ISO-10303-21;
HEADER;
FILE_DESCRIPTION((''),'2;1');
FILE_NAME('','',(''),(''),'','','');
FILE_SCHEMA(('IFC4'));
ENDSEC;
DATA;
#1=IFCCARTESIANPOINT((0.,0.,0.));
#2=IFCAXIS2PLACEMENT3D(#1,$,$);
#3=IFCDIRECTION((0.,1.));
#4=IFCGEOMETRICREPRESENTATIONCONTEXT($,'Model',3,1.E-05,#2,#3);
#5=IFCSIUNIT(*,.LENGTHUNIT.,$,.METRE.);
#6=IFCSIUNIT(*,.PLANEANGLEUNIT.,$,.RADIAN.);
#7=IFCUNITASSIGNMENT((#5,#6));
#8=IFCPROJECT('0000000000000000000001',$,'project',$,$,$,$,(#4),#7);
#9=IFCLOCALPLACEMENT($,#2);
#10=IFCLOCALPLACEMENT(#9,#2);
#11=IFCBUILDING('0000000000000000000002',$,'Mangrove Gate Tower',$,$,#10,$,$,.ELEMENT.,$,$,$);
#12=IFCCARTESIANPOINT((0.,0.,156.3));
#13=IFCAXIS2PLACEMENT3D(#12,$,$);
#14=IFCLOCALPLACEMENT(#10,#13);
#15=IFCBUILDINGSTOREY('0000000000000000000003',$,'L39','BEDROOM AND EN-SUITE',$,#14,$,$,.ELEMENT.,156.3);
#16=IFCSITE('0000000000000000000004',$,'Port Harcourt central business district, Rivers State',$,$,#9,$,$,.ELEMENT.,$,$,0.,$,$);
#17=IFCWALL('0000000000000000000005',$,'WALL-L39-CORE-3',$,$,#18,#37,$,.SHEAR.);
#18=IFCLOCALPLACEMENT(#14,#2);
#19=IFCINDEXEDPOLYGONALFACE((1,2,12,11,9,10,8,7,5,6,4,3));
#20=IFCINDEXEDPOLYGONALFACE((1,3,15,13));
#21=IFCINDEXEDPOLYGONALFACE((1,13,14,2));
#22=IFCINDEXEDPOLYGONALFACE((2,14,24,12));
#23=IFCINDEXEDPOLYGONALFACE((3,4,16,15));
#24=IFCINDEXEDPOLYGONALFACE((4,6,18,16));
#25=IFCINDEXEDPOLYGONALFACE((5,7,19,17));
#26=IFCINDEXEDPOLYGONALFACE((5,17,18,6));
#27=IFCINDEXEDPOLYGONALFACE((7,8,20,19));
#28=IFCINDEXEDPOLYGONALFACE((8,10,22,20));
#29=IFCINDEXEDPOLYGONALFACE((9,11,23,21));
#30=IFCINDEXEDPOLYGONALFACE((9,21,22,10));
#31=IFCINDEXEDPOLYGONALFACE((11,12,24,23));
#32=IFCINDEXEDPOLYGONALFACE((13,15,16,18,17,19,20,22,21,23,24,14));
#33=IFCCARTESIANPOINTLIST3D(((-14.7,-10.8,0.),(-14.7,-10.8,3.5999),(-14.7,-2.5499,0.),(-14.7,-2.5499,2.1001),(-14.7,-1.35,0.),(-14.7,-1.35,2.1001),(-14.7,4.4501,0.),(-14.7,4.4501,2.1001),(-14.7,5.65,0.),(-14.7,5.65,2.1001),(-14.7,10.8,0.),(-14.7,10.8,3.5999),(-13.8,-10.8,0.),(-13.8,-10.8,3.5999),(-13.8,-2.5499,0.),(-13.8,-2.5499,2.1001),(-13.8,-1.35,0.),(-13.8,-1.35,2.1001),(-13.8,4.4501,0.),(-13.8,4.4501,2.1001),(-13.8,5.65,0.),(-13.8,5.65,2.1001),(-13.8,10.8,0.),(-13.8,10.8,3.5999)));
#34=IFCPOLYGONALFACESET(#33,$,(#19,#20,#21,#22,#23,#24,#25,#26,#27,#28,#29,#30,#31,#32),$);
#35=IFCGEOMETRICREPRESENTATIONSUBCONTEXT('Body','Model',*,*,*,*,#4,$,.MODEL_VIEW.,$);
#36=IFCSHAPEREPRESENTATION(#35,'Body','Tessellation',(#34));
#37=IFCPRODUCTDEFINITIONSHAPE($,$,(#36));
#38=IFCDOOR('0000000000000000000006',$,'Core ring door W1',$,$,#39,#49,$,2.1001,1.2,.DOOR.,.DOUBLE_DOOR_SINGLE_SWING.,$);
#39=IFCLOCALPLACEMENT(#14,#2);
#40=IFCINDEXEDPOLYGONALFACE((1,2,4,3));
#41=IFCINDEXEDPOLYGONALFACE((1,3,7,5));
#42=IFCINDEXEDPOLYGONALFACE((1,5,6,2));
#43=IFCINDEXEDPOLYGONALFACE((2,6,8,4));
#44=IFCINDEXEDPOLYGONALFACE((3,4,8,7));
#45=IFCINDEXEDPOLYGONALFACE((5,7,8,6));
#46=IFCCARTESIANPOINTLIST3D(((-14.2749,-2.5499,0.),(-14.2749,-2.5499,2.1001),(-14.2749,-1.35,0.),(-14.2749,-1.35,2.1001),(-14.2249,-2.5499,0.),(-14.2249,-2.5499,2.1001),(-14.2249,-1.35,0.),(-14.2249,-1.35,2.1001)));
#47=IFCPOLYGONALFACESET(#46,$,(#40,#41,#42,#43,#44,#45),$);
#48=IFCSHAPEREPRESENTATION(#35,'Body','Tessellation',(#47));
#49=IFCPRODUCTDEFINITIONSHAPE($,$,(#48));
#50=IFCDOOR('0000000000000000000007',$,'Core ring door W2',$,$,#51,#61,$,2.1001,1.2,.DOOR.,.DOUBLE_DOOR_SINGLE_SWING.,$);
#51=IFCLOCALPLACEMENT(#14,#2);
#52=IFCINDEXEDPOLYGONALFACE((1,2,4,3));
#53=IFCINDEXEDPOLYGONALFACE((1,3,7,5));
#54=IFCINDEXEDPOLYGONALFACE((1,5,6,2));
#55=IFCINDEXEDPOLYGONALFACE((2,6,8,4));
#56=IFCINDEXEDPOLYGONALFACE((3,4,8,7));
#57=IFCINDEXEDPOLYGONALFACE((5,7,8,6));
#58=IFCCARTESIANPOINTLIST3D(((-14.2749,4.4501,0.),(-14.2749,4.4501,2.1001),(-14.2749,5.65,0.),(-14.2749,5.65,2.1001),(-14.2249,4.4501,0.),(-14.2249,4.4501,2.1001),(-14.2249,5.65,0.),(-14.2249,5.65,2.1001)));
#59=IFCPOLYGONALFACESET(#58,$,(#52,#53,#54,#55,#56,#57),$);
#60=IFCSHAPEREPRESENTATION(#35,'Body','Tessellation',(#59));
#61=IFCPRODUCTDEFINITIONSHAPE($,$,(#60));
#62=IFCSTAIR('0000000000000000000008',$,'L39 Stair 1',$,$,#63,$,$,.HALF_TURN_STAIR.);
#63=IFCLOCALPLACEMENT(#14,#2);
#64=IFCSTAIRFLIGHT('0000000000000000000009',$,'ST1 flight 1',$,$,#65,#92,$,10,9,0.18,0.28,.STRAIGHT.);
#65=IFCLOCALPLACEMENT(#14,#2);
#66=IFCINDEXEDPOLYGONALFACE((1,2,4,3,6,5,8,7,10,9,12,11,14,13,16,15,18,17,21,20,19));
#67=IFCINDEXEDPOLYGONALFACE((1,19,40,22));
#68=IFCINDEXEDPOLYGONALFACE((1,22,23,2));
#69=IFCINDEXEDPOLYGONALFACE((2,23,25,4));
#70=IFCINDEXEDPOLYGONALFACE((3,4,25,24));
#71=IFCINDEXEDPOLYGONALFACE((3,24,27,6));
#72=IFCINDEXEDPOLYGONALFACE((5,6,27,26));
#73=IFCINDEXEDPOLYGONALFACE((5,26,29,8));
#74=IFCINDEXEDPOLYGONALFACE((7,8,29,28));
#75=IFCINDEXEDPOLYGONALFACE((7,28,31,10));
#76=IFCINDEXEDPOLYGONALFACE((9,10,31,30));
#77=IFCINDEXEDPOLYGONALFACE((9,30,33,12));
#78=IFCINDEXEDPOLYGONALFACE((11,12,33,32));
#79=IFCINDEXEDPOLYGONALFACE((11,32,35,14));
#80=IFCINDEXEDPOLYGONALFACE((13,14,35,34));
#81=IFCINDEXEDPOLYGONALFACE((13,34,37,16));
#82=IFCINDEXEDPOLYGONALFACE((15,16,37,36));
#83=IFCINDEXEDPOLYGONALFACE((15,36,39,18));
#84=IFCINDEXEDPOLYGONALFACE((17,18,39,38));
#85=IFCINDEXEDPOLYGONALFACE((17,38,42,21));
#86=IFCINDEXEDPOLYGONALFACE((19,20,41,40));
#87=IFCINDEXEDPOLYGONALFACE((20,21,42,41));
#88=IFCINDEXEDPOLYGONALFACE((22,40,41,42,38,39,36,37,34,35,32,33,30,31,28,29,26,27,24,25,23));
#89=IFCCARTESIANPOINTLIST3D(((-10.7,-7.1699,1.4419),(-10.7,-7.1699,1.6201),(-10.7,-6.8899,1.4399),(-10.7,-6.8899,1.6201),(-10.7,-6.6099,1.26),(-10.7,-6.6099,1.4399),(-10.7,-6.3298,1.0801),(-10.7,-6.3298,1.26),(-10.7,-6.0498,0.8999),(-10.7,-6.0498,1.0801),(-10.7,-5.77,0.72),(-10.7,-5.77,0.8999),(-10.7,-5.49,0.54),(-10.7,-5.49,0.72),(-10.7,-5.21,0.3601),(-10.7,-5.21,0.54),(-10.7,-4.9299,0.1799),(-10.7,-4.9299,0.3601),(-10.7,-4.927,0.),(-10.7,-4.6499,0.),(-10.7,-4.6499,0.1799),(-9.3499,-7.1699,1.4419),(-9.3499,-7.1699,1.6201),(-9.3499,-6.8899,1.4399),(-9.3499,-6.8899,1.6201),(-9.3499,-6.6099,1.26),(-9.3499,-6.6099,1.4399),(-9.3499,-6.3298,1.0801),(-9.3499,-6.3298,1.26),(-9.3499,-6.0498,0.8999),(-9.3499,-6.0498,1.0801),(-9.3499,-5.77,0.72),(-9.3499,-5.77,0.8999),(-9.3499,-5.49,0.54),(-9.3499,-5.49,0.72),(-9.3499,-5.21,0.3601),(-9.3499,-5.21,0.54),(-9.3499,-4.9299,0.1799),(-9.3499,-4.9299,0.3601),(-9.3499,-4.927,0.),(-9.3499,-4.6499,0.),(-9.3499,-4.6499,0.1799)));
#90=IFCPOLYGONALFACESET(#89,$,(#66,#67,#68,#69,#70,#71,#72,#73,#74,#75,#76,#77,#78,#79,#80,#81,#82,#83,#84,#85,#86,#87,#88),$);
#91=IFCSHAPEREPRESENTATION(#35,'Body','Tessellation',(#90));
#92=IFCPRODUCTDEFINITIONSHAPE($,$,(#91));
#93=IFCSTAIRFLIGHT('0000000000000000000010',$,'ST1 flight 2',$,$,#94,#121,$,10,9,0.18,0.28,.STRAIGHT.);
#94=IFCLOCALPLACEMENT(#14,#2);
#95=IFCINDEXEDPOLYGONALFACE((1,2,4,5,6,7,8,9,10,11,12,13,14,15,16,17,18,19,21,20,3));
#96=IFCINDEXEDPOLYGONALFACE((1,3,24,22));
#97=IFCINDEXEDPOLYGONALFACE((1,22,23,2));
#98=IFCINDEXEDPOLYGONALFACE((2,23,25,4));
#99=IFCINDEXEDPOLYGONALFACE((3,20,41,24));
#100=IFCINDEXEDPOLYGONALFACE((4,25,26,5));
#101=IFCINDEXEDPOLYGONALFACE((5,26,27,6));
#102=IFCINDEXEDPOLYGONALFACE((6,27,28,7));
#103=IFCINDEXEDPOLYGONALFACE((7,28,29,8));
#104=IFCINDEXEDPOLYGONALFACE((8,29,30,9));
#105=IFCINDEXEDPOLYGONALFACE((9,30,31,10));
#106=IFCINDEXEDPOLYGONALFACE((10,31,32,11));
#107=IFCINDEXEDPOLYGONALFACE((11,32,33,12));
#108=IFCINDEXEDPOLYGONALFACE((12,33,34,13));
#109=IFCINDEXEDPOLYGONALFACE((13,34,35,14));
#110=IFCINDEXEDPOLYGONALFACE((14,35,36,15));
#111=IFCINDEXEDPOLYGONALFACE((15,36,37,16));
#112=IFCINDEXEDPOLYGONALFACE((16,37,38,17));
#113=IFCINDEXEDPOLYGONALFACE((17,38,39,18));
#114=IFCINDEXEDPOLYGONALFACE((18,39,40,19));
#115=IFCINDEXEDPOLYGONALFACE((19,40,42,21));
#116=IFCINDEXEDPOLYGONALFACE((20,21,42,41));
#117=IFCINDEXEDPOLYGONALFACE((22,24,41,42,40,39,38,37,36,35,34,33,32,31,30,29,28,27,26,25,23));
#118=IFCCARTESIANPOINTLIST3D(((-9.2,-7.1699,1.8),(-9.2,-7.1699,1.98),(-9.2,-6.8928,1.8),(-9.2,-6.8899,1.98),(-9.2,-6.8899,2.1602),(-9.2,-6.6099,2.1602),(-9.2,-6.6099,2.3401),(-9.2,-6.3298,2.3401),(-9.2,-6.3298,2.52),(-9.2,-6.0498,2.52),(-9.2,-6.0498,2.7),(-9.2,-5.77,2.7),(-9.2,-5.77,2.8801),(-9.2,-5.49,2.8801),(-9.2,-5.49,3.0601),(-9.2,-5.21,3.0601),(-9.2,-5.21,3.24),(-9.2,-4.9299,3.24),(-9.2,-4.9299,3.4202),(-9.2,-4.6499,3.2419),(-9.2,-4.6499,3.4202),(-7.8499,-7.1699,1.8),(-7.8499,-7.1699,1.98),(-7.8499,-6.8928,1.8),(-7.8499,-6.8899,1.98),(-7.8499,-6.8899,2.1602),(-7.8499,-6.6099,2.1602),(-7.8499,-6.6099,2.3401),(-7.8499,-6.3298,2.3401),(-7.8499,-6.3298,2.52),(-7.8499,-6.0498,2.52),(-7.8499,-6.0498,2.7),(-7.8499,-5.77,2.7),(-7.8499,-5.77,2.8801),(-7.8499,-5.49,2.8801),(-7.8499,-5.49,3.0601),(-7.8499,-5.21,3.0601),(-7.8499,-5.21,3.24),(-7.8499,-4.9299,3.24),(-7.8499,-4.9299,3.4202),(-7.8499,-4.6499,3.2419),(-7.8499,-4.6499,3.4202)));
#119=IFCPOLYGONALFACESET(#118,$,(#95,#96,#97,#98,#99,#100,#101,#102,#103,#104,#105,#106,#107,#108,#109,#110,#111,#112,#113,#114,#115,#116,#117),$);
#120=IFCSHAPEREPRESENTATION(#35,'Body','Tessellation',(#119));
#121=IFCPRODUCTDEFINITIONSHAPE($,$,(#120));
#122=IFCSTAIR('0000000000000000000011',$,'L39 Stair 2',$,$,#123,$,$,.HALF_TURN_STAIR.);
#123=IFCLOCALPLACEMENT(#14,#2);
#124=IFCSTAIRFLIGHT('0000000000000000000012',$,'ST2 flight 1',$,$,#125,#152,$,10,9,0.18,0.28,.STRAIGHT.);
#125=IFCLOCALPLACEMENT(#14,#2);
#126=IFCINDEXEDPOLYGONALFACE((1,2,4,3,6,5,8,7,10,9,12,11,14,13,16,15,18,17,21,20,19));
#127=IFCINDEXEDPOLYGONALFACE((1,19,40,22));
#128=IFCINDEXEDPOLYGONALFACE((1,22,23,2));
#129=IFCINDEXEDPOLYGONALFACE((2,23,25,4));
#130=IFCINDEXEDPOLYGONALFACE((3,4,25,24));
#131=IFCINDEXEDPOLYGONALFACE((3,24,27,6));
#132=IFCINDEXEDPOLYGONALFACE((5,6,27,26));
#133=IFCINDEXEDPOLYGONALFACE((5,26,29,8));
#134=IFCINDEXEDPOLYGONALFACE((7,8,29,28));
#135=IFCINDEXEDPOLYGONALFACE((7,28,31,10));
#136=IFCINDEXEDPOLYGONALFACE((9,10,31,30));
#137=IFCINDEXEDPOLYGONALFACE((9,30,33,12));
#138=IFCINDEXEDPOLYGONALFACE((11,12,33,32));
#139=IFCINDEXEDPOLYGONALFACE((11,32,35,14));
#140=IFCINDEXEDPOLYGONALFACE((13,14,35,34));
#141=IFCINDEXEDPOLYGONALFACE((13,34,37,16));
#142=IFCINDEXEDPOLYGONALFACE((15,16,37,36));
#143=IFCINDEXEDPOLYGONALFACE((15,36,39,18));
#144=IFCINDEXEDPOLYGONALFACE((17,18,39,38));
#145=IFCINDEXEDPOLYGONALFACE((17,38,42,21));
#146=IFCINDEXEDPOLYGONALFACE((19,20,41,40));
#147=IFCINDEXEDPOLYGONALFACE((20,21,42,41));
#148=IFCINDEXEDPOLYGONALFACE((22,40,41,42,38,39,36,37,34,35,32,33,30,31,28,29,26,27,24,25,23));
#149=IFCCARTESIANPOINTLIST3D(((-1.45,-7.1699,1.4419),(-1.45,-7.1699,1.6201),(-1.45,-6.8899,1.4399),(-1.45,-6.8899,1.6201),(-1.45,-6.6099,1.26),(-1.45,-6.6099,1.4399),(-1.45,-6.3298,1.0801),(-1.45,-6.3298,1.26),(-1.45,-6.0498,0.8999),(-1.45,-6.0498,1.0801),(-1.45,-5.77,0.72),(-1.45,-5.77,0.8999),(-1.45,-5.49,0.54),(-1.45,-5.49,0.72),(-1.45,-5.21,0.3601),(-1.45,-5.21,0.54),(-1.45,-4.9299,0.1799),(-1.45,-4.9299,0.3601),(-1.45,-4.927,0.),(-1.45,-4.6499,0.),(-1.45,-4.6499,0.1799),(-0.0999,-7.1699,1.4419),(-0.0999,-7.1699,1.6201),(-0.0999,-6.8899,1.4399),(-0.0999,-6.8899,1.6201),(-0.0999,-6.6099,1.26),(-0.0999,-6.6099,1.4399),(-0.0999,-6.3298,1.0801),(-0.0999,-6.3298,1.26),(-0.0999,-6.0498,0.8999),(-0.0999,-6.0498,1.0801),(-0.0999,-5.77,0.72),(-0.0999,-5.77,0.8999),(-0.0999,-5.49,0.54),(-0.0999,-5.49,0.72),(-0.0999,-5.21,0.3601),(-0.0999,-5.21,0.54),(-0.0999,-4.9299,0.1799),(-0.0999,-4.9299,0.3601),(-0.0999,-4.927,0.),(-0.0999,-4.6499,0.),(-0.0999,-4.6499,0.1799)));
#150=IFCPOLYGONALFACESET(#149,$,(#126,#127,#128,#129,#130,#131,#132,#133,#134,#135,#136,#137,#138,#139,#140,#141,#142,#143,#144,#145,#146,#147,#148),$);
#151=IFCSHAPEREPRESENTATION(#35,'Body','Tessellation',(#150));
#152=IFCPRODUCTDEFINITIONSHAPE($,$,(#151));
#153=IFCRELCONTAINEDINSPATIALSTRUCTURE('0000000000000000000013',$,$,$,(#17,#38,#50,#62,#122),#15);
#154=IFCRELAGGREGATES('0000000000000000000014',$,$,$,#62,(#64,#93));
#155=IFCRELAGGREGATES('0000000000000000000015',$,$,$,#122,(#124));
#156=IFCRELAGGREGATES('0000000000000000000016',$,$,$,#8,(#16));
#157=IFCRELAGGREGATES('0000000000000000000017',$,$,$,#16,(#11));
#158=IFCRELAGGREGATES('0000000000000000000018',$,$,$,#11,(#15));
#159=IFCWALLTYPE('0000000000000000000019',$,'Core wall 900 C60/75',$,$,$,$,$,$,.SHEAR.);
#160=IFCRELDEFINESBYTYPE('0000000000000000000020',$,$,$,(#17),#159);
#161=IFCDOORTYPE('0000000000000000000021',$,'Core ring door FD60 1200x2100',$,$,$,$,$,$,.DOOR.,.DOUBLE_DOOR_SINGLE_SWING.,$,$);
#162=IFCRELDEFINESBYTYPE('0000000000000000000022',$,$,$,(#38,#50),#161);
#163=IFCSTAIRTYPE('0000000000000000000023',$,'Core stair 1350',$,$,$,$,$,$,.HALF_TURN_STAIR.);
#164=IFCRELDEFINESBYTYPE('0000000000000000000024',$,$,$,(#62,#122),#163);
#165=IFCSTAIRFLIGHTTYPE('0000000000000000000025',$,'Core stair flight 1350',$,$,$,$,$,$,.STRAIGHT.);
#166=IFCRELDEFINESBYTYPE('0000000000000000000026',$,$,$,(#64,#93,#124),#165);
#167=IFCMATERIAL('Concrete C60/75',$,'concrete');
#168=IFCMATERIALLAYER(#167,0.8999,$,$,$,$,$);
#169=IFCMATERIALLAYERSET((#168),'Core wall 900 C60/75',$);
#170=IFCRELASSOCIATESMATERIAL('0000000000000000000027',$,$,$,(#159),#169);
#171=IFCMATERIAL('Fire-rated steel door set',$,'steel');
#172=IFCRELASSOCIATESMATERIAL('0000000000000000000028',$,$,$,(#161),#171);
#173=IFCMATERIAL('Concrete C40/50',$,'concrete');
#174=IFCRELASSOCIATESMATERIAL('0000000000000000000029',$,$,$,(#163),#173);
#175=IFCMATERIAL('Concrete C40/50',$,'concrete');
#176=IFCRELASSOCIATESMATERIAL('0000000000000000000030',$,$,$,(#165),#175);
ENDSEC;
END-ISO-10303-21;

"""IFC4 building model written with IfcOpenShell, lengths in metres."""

from ifc_helpers import new_model, si_unit, direction, frame, frame_2d, origin, place, context, subcontext, project, spatial, polyline, rectangle, outline, extrude, material, layer, layer_set, type_object, element, fill, aggregate, save


model = new_model("IFC4")

# Units and contexts
model_context = context("Model", 3, precision=1e-05, world=origin(), true_north=direction((0.0, 1.0)))
body_context = subcontext(model_context, "Body", "Model", "MODEL_VIEW")
ifc_project = project(units=[si_unit("LENGTHUNIT", "METRE"), si_unit("PLANEANGLEUNIT", "RADIAN")], contexts=[model_context])

# Site, building, storey
site_placement = place(None, origin())
site = spatial("IfcSite", under=ifc_project, at=site_placement, Name="Port Harcourt central business district, Rivers State", CompositionType="ELEMENT", RefElevation=0.0)
building_placement = place(site_placement, origin())
building = spatial("IfcBuilding", under=site, at=building_placement, Name="Mangrove Gate Tower", CompositionType="ELEMENT")
storey_placement = place(building_placement, frame((0.0, 0.0, 156.3)))
storey = spatial("IfcBuildingStorey", under=building, at=storey_placement, Name="L39", Description="BEDROOM AND EN-SUITE", CompositionType="ELEMENT", Elevation=156.3)

# Shared definitions
ifc_material_1 = material(Name="Concrete C60/75", Category="concrete")
ifc_layer_1 = layer(ifc_material_1, 0.8999)
ifc_layer_set_1 = layer_set([ifc_layer_1], Name="Core wall 900 C60/75")
wall_type_1 = type_object("IfcWallType", Name="Core wall 900 C60/75", PredefinedType="SHEAR", material=ifc_layer_set_1)

# Wall, openings, doors
wall_1_placement = place(storey_placement, frame((-14.25, -10.8, 0.0), z_axis=(0.0, 0.0, 1.0), x_axis=(0.0, 1.0, 0.0)))
wall_1 = element("IfcWall", 1, at=wall_1_placement, inside=storey, type_object=wall_type_1, Name="WALL-L39-CORE-3", PredefinedType="SHEAR", context=body_context, shape_type="SweptSolid", body=[
    extrude(rectangle(XDim=21.6001, YDim=0.8999, at=frame_2d((10.8, 0.0))), origin(), (0.0, 0.0, 1.0), 3.5999),
])
opening_1_placement = place(wall_1_placement, frame((8.25, 0.0, 0.0)))
opening_1 = element("IfcOpeningElement", 2, at=opening_1_placement, cuts=wall_1, PredefinedType="OPENING", context=body_context, shape_type="SweptSolid", body=[
    extrude(rectangle(XDim=1.2, YDim=2.1001, at=frame_2d((0.6001, 1.05))), frame((0.0, 0.46, 0.0), z_axis=(0.0, -1.0, 0.0), x_axis=(1.0, 0.0, 0.0)), (0.0, 0.0, 1.0), 0.9199),
])
opening_2_placement = place(wall_1_placement, frame((15.25, 0.0, 0.0)))
opening_2 = element("IfcOpeningElement", 3, at=opening_2_placement, cuts=wall_1, PredefinedType="OPENING", context=body_context, shape_type="SweptSolid", body=[
    extrude(rectangle(XDim=1.2, YDim=2.1001, at=frame_2d((0.6001, 1.05))), frame((0.0, 0.46, 0.0), z_axis=(0.0, -1.0, 0.0), x_axis=(1.0, 0.0, 0.0)), (0.0, 0.0, 1.0), 0.9199),
])
ifc_material_2 = material(Name="Fire-rated steel door set", Category="steel")
door_type_1 = type_object("IfcDoorType", Name="Core ring door FD60 1200x2100", OperationType="DOUBLE_DOOR_SINGLE_SWING", PredefinedType="DOOR", material=ifc_material_2)
door_1_placement = place(opening_1_placement, origin())
door_1 = element("IfcDoor", 4, at=door_1_placement, inside=storey, type_object=door_type_1, Name="Core ring door W1", OperationType="DOUBLE_DOOR_SINGLE_SWING", OverallHeight=2.1001, OverallWidth=1.2, PredefinedType="DOOR", context=body_context, shape_type="SweptSolid", body=[
    extrude(rectangle(XDim=1.2, YDim=2.1001, at=frame_2d((0.6001, 1.05))), frame((0.0, 0.0249, 0.0), z_axis=(0.0, -1.0, 0.0), x_axis=(1.0, 0.0, 0.0)), (0.0, 0.0, 1.0), 0.05),
])
fill(opening_1, door_1)
door_2_placement = place(opening_2_placement, origin())
door_2 = element("IfcDoor", 5, at=door_2_placement, inside=storey, type_object=door_type_1, Name="Core ring door W2", OperationType="DOUBLE_DOOR_SINGLE_SWING", OverallHeight=2.1001, OverallWidth=1.2, PredefinedType="DOOR", context=body_context, shape_type="SweptSolid", body=[
    extrude(rectangle(XDim=1.2, YDim=2.1001, at=frame_2d((0.6001, 1.05))), frame((0.0, 0.0249, 0.0), z_axis=(0.0, -1.0, 0.0), x_axis=(1.0, 0.0, 0.0)), (0.0, 0.0, 1.0), 0.05),
])
fill(opening_2, door_2)

# Stair, stair flights
ifc_material_3 = material(Name="Concrete C40/50", Category="concrete")
stair_type = type_object("IfcStairType", Name="Core stair 1350", PredefinedType="HALF_TURN_STAIR", material=ifc_material_3)
stair_1_placement = place(storey_placement, origin())
stair_1 = element("IfcStair", 6, at=stair_1_placement, inside=storey, type_object=stair_type, Name="L39 Stair 1", PredefinedType="HALF_TURN_STAIR")
ifc_material_4 = material(Name="Concrete C40/50", Category="concrete")
stair_flight_type = type_object("IfcStairFlightType", Name="Core stair flight 1350", PredefinedType="STRAIGHT", material=ifc_material_4)
stair_flight_1_placement = place(storey_placement, frame((-10.0249, -4.6499, 0.0), z_axis=(0.0, 0.0, 1.0), x_axis=(0.0, -1.0, 0.0)))
stair_flight_1 = element("IfcStairFlight", 7, at=stair_flight_1_placement, type_object=stair_flight_type, Name="ST1 flight 1", NumberOfRisers=10, NumberOfTreads=9, PredefinedType="STRAIGHT", RiserHeight=0.18, TreadLength=0.28, context=body_context, shape_type="SweptSolid", body=[
    extrude(outline(polyline([(0.0, 0.0), (0.0, 0.1799), (0.28, 0.1799), (0.28, 0.3601), (0.5601, 0.3601), (0.5601, 0.54), (0.8401, 0.54), (0.8401, 0.72), (1.1201, 0.72), (1.1201, 0.8999), (1.3999, 0.8999), (1.3999, 1.0801), (1.6799, 1.0801), (1.6799, 1.26), (1.96, 1.26), (1.96, 1.4399), (2.24, 1.4399), (2.24, 1.6201), (2.52, 1.6201), (2.52, 1.8), (2.52, 1.4419), (0.2771, 0.0), (0.0, 0.0)])), frame((0.0, 0.675, 0.0), z_axis=(0.0, -1.0, 0.0), x_axis=(1.0, 0.0, 0.0)), (0.0, 0.0, 1.0), 1.3501),
])
stair_flight_2_placement = place(storey_placement, frame((-8.5249, -7.1699, 1.8), z_axis=(0.0, 0.0, 1.0), x_axis=(0.0, 1.0, 0.0)))
stair_flight_2 = element("IfcStairFlight", 8, at=stair_flight_2_placement, type_object=stair_flight_type, Name="ST1 flight 2", NumberOfRisers=10, NumberOfTreads=9, PredefinedType="STRAIGHT", RiserHeight=0.18, TreadLength=0.28, context=body_context, shape_type="SweptSolid", body=[
    extrude(outline(polyline([(0.0, 0.0), (0.0, 0.1799), (0.28, 0.1799), (0.28, 0.3601), (0.5601, 0.3601), (0.5601, 0.54), (0.8401, 0.54), (0.8401, 0.72), (1.1201, 0.72), (1.1201, 0.8999), (1.3999, 0.8999), (1.3999, 1.0801), (1.6799, 1.0801), (1.6799, 1.26), (1.96, 1.26), (1.96, 1.4399), (2.24, 1.4399), (2.24, 1.6201), (2.52, 1.6201), (2.52, 1.8), (2.52, 1.4419), (0.2771, 0.0), (0.0, 0.0)])), frame((0.0, 0.675, 0.0), z_axis=(0.0, -1.0, 0.0), x_axis=(1.0, 0.0, 0.0)), (0.0, 0.0, 1.0), 1.3501),
])
aggregate(stair_1, [stair_flight_1, stair_flight_2])

# Stair, stair flight
stair_2_placement = place(storey_placement, origin())
stair_2 = element("IfcStair", 9, at=stair_2_placement, inside=storey, type_object=stair_type, Name="L39 Stair 2", PredefinedType="HALF_TURN_STAIR")
stair_flight_3_placement = place(storey_placement, frame((-0.7749, -4.6499, 0.0), z_axis=(0.0, 0.0, 1.0), x_axis=(0.0, -1.0, 0.0)))
stair_flight_3 = element("IfcStairFlight", 10, at=stair_flight_3_placement, type_object=stair_flight_type, Name="ST2 flight 1", NumberOfRisers=10, NumberOfTreads=9, PredefinedType="STRAIGHT", RiserHeight=0.18, TreadLength=0.28, context=body_context, shape_type="SweptSolid", body=[
    extrude(outline(polyline([(0.0, 0.0), (0.0, 0.1799), (0.28, 0.1799), (0.28, 0.3601), (0.5601, 0.3601), (0.5601, 0.54), (0.8401, 0.54), (0.8401, 0.72), (1.1201, 0.72), (1.1201, 0.8999), (1.3999, 0.8999), (1.3999, 1.0801), (1.6799, 1.0801), (1.6799, 1.26), (1.96, 1.26), (1.96, 1.4399), (2.24, 1.4399), (2.24, 1.6201), (2.52, 1.6201), (2.52, 1.8), (2.52, 1.4419), (0.2771, 0.0), (0.0, 0.0)])), frame((0.0, 0.675, 0.0), z_axis=(0.0, -1.0, 0.0), x_axis=(1.0, 0.0, 0.0)), (0.0, 0.0, 1.0), 1.3501),
])
aggregate(stair_2, [stair_flight_3])

save(model, "model.ifc")
